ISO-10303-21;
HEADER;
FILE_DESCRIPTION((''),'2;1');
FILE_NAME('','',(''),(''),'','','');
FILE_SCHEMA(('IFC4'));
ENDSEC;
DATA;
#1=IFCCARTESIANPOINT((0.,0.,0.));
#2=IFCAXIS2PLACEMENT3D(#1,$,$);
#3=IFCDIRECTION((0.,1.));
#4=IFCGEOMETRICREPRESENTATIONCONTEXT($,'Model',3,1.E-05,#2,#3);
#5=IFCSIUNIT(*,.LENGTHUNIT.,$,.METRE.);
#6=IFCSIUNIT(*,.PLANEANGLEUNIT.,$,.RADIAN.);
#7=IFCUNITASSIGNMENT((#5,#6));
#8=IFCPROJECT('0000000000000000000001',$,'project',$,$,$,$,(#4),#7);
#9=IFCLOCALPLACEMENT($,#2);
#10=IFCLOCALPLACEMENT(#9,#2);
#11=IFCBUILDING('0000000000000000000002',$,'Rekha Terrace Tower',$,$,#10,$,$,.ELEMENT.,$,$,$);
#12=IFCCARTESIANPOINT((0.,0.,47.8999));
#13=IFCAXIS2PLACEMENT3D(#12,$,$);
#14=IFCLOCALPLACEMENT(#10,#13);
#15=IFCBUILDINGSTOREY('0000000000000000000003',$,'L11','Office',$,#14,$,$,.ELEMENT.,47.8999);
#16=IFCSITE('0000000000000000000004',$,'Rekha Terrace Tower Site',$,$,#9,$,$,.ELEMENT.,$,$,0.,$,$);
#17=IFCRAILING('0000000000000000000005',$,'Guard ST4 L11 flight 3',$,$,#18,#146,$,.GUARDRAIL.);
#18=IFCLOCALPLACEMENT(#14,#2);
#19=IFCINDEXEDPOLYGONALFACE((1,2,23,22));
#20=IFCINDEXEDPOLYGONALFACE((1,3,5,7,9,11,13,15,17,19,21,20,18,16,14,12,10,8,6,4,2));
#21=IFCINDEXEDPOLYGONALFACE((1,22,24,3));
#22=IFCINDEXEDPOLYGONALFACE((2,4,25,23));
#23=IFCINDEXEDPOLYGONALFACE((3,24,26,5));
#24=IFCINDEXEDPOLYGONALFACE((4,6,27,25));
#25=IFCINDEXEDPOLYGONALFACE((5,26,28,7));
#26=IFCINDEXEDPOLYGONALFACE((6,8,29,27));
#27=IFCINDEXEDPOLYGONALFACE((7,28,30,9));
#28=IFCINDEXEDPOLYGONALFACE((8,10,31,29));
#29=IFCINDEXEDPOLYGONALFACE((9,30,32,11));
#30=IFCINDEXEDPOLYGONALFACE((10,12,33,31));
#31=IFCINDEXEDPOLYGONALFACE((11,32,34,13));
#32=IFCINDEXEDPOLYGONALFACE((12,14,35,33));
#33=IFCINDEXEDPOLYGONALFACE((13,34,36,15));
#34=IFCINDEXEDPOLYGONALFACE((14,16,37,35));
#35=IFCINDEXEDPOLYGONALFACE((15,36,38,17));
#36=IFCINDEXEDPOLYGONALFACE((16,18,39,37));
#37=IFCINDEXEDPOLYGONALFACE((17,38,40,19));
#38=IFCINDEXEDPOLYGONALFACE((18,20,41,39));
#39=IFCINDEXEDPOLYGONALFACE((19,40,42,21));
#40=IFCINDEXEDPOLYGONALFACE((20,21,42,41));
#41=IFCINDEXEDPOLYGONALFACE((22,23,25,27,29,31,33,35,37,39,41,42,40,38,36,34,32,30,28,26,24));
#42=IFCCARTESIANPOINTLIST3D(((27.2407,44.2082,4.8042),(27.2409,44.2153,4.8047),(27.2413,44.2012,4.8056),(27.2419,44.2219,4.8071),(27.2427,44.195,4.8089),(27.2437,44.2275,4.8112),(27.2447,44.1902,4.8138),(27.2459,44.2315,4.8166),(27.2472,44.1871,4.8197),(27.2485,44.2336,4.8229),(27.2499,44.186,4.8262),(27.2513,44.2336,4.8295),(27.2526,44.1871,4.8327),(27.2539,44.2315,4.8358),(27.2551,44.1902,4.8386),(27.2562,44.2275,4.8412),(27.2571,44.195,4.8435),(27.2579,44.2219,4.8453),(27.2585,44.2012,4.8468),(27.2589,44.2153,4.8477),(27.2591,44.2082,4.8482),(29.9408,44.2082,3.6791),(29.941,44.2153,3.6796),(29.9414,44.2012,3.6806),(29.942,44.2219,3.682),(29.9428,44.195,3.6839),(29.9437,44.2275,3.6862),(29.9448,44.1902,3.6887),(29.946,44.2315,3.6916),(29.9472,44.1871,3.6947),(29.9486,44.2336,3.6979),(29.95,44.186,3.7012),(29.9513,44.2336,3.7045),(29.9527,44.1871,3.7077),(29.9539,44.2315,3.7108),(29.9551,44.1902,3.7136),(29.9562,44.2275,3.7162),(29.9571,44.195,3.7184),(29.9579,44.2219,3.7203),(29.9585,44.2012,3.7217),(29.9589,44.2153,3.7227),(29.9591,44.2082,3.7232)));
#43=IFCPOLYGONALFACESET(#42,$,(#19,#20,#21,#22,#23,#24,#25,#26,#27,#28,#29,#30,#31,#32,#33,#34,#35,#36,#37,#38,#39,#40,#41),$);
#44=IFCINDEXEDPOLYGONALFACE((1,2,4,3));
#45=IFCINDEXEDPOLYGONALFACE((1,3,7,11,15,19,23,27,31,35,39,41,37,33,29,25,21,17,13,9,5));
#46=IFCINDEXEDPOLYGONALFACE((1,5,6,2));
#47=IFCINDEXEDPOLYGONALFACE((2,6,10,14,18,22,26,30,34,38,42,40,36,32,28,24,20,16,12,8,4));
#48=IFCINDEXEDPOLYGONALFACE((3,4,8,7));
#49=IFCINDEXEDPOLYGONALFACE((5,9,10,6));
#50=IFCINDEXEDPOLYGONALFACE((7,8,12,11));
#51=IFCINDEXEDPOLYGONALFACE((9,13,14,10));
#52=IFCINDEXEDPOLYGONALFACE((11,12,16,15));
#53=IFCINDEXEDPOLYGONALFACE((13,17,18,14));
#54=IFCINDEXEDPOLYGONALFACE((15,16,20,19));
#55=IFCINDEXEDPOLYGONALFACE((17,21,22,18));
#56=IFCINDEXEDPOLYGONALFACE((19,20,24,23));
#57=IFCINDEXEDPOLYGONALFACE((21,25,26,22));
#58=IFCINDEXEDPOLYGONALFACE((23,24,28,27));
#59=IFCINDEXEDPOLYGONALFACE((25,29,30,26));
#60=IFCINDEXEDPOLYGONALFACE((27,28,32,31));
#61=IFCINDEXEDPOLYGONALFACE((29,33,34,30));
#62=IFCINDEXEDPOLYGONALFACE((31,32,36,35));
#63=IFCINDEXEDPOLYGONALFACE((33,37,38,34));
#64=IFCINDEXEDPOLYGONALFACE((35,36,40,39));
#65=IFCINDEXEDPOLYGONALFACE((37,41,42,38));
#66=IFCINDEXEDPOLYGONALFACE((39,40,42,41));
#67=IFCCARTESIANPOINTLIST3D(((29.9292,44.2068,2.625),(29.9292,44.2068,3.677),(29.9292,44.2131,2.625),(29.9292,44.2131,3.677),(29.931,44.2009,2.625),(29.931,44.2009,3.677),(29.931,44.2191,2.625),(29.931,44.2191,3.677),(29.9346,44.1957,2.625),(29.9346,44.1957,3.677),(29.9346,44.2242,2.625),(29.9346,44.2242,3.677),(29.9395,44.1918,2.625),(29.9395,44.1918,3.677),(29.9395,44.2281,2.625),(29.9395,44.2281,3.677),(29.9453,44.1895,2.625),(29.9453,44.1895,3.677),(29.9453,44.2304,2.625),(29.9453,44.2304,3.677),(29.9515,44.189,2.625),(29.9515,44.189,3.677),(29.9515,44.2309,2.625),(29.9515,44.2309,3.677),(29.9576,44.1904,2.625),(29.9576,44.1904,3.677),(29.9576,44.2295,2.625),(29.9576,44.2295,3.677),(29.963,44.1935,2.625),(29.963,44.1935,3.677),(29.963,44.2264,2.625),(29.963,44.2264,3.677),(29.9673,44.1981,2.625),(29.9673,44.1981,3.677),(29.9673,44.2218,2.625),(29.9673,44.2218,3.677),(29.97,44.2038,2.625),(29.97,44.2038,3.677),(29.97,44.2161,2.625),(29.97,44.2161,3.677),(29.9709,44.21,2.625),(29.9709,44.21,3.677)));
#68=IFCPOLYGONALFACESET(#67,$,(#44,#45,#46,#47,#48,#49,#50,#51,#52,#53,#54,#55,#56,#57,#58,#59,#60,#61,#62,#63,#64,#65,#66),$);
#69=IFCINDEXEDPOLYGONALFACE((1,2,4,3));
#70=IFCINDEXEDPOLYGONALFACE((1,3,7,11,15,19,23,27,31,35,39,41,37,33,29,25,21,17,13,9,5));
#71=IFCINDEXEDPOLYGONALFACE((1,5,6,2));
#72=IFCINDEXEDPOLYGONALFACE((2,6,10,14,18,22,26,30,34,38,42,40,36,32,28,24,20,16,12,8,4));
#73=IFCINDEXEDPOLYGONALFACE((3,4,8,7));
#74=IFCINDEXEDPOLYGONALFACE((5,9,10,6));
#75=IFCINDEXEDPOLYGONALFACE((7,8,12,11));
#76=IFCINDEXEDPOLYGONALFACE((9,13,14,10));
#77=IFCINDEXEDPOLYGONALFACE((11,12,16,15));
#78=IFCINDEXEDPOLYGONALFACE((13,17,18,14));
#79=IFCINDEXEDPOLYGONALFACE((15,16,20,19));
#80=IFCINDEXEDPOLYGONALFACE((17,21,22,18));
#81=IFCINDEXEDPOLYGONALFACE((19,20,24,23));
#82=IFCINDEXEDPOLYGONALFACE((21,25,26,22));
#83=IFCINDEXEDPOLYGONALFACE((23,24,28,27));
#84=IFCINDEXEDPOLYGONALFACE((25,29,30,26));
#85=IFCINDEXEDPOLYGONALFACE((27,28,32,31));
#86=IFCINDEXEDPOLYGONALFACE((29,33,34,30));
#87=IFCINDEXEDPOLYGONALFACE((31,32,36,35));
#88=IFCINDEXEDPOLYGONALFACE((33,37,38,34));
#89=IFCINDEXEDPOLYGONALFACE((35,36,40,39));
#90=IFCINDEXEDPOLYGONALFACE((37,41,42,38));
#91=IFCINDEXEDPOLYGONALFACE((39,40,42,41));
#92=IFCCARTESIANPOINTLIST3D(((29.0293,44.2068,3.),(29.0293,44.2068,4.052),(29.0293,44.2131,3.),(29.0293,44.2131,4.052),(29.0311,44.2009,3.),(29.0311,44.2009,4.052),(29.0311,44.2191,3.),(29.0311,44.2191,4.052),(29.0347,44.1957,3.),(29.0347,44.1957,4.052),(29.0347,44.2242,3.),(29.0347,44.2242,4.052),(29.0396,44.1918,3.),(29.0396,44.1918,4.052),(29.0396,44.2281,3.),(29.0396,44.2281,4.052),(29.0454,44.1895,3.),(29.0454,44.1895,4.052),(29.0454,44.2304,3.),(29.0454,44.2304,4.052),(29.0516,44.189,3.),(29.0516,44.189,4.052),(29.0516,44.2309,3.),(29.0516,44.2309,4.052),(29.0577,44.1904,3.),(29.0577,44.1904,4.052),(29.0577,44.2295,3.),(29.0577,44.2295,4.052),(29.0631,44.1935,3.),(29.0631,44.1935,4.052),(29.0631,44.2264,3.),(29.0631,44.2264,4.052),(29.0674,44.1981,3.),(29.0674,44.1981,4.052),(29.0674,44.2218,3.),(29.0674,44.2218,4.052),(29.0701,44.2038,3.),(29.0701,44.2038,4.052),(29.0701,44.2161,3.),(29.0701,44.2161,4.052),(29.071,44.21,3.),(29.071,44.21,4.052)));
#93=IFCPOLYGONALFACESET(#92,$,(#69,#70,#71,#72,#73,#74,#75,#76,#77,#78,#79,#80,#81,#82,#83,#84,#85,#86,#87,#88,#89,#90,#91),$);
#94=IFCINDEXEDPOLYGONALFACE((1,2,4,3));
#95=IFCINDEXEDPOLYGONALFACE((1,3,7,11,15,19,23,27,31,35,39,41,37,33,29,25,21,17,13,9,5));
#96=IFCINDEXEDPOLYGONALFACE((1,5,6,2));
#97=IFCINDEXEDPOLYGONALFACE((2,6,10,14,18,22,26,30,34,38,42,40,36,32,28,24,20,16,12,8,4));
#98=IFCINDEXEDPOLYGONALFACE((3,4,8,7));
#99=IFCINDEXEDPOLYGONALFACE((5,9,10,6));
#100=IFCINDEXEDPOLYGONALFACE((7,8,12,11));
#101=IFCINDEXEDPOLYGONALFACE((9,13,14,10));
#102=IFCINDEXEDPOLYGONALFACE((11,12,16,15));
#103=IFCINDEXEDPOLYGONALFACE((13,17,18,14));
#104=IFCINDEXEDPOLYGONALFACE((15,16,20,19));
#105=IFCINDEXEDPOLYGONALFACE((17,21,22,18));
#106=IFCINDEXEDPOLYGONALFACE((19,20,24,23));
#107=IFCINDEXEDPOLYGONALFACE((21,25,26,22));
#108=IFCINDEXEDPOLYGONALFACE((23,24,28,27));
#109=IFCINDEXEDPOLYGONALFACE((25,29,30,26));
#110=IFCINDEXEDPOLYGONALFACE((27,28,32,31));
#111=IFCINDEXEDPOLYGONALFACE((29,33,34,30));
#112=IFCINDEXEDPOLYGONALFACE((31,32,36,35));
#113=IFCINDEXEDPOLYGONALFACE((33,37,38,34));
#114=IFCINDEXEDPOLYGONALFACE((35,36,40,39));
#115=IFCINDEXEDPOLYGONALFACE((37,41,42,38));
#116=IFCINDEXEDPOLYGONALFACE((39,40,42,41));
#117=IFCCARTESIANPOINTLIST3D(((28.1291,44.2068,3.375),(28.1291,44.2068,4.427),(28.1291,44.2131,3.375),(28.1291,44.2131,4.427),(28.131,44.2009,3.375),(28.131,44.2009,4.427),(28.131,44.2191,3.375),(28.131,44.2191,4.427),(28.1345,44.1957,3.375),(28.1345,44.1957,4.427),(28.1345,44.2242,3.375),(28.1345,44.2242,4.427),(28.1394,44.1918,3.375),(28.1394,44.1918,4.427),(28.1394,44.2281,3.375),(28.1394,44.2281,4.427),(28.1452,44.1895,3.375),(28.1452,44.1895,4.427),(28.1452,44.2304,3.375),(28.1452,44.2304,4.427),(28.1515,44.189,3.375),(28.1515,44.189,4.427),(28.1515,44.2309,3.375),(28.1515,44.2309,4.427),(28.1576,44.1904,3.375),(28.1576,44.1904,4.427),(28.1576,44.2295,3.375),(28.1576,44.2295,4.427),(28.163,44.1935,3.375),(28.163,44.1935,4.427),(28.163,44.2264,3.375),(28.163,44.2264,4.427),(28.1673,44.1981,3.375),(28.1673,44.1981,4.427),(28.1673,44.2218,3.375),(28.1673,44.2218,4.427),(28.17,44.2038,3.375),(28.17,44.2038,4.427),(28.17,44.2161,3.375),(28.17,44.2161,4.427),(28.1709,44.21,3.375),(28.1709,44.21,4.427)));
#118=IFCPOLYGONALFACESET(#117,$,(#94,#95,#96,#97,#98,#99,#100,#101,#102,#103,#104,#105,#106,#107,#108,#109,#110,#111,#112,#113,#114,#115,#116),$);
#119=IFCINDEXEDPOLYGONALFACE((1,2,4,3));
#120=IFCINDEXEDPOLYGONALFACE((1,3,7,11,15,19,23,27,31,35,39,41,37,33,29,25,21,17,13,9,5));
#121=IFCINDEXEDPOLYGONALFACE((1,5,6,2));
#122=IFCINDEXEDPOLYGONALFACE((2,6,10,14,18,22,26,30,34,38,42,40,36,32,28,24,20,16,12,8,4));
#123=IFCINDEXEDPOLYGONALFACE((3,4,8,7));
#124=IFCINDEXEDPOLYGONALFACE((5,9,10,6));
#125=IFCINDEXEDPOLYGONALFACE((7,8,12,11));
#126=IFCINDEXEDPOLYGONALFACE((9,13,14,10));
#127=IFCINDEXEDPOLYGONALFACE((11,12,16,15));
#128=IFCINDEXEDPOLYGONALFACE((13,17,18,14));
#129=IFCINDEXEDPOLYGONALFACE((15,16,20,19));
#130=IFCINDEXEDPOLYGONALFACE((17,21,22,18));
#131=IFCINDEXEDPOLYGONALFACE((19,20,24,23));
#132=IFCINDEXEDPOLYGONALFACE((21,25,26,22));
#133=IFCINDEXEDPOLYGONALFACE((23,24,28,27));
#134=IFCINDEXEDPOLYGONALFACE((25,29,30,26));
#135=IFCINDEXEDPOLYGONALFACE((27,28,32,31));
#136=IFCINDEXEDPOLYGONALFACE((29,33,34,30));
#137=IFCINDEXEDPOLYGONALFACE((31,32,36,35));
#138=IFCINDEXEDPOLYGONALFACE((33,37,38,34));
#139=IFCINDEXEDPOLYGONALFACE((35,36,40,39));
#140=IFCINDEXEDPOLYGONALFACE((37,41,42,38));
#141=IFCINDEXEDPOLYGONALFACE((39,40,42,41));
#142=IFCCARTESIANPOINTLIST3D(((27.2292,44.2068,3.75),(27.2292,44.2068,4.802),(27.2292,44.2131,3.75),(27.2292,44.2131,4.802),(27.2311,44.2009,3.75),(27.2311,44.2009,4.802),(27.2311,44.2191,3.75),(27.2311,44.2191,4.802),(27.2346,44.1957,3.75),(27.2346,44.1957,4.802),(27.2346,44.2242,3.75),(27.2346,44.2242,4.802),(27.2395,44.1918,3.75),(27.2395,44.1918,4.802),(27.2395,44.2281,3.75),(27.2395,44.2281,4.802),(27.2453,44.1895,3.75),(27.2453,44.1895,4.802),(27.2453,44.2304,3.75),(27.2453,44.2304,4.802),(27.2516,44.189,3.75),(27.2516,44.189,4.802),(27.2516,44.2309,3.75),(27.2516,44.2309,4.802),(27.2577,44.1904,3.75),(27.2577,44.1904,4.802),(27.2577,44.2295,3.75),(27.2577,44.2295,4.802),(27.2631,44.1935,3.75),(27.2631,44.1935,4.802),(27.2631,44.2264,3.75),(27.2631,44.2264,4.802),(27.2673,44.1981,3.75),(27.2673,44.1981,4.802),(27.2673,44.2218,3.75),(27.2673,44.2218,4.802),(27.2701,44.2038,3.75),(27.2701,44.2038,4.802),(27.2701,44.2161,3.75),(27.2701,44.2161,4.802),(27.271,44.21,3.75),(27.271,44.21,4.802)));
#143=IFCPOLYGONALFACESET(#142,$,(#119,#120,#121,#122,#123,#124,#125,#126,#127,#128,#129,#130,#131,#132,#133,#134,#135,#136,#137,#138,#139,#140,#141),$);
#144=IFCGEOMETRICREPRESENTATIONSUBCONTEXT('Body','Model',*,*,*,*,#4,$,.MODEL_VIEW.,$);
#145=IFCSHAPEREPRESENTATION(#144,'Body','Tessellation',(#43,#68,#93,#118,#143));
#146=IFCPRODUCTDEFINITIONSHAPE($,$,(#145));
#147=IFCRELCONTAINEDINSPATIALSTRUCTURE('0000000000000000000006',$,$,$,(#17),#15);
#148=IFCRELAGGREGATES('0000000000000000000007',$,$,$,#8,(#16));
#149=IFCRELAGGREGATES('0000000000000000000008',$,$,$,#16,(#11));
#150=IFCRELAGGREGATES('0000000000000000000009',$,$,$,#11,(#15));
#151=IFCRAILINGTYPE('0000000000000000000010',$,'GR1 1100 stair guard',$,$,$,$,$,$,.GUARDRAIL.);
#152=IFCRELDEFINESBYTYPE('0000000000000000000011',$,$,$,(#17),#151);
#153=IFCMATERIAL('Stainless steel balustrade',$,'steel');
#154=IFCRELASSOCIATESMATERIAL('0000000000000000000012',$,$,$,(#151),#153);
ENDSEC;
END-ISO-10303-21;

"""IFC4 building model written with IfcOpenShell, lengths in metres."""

from ifc_helpers import new_model, si_unit, direction, frame, origin, origin_2d, place, context, subcontext, project, spatial, circle, extrude, material, type_object, element, save


model = new_model("IFC4")

# Units and contexts
model_context = context("Model", 3, precision=1e-05, world=origin(), true_north=direction((0.0, 1.0)))
body_context = subcontext(model_context, "Body", "Model", "MODEL_VIEW")
ifc_project = project(units=[si_unit("LENGTHUNIT", "METRE"), si_unit("PLANEANGLEUNIT", "RADIAN")], contexts=[model_context])

# Site, building, storey
site_placement = place(None, origin())
site = spatial("IfcSite", under=ifc_project, at=site_placement, Name="Rekha Terrace Tower Site", CompositionType="ELEMENT", RefElevation=0.0)
building_placement = place(site_placement, origin())
building = spatial("IfcBuilding", under=site, at=building_placement, Name="Rekha Terrace Tower", CompositionType="ELEMENT")
storey_placement = place(building_placement, frame((0.0, 0.0, 47.8999)))
storey = spatial("IfcBuildingStorey", under=building, at=storey_placement, Name="L11", Description="Office", CompositionType="ELEMENT", Elevation=47.8999)

# Railing
ifc_material_1 = material(Name="Stainless steel balustrade", Category="steel")
railing_type_1 = type_object("IfcRailingType", Name="GR1 1100 stair guard", PredefinedType="GUARDRAIL", material=ifc_material_1)
railing_1_placement = place(storey_placement, frame((29.95, 44.21, 2.625)))
element("IfcRailing", 1, at=railing_1_placement, inside=storey, type_object=railing_type_1, Name="Guard ST4 L11 flight 3", PredefinedType="GUARDRAIL", context=body_context, shape_type="SweptSolid", body=[
    extrude(circle(Radius=0.0239, at=origin_2d()), frame((0.0, 0.0, 1.0762), z_axis=(-0.923074, 0.0, 0.384621), x_axis=(0.0, -1.0, 0.0)), (0.0, 0.0, 1.0), 2.925),
    extrude(circle(Radius=0.021, at=origin_2d()), origin(), (0.0, 0.0, 1.0), 1.052),
    extrude(circle(Radius=0.021, at=origin_2d()), frame((-0.8999, 0.0, 0.375)), (0.0, 0.0, 1.0), 1.052),
    extrude(circle(Radius=0.021, at=origin_2d()), frame((-1.8, 0.0, 0.75)), (0.0, 0.0, 1.0), 1.052),
    extrude(circle(Radius=0.021, at=origin_2d()), frame((-2.7, 0.0, 1.125)), (0.0, 0.0, 1.0), 1.052),
])

save(model, "model.ifc")
